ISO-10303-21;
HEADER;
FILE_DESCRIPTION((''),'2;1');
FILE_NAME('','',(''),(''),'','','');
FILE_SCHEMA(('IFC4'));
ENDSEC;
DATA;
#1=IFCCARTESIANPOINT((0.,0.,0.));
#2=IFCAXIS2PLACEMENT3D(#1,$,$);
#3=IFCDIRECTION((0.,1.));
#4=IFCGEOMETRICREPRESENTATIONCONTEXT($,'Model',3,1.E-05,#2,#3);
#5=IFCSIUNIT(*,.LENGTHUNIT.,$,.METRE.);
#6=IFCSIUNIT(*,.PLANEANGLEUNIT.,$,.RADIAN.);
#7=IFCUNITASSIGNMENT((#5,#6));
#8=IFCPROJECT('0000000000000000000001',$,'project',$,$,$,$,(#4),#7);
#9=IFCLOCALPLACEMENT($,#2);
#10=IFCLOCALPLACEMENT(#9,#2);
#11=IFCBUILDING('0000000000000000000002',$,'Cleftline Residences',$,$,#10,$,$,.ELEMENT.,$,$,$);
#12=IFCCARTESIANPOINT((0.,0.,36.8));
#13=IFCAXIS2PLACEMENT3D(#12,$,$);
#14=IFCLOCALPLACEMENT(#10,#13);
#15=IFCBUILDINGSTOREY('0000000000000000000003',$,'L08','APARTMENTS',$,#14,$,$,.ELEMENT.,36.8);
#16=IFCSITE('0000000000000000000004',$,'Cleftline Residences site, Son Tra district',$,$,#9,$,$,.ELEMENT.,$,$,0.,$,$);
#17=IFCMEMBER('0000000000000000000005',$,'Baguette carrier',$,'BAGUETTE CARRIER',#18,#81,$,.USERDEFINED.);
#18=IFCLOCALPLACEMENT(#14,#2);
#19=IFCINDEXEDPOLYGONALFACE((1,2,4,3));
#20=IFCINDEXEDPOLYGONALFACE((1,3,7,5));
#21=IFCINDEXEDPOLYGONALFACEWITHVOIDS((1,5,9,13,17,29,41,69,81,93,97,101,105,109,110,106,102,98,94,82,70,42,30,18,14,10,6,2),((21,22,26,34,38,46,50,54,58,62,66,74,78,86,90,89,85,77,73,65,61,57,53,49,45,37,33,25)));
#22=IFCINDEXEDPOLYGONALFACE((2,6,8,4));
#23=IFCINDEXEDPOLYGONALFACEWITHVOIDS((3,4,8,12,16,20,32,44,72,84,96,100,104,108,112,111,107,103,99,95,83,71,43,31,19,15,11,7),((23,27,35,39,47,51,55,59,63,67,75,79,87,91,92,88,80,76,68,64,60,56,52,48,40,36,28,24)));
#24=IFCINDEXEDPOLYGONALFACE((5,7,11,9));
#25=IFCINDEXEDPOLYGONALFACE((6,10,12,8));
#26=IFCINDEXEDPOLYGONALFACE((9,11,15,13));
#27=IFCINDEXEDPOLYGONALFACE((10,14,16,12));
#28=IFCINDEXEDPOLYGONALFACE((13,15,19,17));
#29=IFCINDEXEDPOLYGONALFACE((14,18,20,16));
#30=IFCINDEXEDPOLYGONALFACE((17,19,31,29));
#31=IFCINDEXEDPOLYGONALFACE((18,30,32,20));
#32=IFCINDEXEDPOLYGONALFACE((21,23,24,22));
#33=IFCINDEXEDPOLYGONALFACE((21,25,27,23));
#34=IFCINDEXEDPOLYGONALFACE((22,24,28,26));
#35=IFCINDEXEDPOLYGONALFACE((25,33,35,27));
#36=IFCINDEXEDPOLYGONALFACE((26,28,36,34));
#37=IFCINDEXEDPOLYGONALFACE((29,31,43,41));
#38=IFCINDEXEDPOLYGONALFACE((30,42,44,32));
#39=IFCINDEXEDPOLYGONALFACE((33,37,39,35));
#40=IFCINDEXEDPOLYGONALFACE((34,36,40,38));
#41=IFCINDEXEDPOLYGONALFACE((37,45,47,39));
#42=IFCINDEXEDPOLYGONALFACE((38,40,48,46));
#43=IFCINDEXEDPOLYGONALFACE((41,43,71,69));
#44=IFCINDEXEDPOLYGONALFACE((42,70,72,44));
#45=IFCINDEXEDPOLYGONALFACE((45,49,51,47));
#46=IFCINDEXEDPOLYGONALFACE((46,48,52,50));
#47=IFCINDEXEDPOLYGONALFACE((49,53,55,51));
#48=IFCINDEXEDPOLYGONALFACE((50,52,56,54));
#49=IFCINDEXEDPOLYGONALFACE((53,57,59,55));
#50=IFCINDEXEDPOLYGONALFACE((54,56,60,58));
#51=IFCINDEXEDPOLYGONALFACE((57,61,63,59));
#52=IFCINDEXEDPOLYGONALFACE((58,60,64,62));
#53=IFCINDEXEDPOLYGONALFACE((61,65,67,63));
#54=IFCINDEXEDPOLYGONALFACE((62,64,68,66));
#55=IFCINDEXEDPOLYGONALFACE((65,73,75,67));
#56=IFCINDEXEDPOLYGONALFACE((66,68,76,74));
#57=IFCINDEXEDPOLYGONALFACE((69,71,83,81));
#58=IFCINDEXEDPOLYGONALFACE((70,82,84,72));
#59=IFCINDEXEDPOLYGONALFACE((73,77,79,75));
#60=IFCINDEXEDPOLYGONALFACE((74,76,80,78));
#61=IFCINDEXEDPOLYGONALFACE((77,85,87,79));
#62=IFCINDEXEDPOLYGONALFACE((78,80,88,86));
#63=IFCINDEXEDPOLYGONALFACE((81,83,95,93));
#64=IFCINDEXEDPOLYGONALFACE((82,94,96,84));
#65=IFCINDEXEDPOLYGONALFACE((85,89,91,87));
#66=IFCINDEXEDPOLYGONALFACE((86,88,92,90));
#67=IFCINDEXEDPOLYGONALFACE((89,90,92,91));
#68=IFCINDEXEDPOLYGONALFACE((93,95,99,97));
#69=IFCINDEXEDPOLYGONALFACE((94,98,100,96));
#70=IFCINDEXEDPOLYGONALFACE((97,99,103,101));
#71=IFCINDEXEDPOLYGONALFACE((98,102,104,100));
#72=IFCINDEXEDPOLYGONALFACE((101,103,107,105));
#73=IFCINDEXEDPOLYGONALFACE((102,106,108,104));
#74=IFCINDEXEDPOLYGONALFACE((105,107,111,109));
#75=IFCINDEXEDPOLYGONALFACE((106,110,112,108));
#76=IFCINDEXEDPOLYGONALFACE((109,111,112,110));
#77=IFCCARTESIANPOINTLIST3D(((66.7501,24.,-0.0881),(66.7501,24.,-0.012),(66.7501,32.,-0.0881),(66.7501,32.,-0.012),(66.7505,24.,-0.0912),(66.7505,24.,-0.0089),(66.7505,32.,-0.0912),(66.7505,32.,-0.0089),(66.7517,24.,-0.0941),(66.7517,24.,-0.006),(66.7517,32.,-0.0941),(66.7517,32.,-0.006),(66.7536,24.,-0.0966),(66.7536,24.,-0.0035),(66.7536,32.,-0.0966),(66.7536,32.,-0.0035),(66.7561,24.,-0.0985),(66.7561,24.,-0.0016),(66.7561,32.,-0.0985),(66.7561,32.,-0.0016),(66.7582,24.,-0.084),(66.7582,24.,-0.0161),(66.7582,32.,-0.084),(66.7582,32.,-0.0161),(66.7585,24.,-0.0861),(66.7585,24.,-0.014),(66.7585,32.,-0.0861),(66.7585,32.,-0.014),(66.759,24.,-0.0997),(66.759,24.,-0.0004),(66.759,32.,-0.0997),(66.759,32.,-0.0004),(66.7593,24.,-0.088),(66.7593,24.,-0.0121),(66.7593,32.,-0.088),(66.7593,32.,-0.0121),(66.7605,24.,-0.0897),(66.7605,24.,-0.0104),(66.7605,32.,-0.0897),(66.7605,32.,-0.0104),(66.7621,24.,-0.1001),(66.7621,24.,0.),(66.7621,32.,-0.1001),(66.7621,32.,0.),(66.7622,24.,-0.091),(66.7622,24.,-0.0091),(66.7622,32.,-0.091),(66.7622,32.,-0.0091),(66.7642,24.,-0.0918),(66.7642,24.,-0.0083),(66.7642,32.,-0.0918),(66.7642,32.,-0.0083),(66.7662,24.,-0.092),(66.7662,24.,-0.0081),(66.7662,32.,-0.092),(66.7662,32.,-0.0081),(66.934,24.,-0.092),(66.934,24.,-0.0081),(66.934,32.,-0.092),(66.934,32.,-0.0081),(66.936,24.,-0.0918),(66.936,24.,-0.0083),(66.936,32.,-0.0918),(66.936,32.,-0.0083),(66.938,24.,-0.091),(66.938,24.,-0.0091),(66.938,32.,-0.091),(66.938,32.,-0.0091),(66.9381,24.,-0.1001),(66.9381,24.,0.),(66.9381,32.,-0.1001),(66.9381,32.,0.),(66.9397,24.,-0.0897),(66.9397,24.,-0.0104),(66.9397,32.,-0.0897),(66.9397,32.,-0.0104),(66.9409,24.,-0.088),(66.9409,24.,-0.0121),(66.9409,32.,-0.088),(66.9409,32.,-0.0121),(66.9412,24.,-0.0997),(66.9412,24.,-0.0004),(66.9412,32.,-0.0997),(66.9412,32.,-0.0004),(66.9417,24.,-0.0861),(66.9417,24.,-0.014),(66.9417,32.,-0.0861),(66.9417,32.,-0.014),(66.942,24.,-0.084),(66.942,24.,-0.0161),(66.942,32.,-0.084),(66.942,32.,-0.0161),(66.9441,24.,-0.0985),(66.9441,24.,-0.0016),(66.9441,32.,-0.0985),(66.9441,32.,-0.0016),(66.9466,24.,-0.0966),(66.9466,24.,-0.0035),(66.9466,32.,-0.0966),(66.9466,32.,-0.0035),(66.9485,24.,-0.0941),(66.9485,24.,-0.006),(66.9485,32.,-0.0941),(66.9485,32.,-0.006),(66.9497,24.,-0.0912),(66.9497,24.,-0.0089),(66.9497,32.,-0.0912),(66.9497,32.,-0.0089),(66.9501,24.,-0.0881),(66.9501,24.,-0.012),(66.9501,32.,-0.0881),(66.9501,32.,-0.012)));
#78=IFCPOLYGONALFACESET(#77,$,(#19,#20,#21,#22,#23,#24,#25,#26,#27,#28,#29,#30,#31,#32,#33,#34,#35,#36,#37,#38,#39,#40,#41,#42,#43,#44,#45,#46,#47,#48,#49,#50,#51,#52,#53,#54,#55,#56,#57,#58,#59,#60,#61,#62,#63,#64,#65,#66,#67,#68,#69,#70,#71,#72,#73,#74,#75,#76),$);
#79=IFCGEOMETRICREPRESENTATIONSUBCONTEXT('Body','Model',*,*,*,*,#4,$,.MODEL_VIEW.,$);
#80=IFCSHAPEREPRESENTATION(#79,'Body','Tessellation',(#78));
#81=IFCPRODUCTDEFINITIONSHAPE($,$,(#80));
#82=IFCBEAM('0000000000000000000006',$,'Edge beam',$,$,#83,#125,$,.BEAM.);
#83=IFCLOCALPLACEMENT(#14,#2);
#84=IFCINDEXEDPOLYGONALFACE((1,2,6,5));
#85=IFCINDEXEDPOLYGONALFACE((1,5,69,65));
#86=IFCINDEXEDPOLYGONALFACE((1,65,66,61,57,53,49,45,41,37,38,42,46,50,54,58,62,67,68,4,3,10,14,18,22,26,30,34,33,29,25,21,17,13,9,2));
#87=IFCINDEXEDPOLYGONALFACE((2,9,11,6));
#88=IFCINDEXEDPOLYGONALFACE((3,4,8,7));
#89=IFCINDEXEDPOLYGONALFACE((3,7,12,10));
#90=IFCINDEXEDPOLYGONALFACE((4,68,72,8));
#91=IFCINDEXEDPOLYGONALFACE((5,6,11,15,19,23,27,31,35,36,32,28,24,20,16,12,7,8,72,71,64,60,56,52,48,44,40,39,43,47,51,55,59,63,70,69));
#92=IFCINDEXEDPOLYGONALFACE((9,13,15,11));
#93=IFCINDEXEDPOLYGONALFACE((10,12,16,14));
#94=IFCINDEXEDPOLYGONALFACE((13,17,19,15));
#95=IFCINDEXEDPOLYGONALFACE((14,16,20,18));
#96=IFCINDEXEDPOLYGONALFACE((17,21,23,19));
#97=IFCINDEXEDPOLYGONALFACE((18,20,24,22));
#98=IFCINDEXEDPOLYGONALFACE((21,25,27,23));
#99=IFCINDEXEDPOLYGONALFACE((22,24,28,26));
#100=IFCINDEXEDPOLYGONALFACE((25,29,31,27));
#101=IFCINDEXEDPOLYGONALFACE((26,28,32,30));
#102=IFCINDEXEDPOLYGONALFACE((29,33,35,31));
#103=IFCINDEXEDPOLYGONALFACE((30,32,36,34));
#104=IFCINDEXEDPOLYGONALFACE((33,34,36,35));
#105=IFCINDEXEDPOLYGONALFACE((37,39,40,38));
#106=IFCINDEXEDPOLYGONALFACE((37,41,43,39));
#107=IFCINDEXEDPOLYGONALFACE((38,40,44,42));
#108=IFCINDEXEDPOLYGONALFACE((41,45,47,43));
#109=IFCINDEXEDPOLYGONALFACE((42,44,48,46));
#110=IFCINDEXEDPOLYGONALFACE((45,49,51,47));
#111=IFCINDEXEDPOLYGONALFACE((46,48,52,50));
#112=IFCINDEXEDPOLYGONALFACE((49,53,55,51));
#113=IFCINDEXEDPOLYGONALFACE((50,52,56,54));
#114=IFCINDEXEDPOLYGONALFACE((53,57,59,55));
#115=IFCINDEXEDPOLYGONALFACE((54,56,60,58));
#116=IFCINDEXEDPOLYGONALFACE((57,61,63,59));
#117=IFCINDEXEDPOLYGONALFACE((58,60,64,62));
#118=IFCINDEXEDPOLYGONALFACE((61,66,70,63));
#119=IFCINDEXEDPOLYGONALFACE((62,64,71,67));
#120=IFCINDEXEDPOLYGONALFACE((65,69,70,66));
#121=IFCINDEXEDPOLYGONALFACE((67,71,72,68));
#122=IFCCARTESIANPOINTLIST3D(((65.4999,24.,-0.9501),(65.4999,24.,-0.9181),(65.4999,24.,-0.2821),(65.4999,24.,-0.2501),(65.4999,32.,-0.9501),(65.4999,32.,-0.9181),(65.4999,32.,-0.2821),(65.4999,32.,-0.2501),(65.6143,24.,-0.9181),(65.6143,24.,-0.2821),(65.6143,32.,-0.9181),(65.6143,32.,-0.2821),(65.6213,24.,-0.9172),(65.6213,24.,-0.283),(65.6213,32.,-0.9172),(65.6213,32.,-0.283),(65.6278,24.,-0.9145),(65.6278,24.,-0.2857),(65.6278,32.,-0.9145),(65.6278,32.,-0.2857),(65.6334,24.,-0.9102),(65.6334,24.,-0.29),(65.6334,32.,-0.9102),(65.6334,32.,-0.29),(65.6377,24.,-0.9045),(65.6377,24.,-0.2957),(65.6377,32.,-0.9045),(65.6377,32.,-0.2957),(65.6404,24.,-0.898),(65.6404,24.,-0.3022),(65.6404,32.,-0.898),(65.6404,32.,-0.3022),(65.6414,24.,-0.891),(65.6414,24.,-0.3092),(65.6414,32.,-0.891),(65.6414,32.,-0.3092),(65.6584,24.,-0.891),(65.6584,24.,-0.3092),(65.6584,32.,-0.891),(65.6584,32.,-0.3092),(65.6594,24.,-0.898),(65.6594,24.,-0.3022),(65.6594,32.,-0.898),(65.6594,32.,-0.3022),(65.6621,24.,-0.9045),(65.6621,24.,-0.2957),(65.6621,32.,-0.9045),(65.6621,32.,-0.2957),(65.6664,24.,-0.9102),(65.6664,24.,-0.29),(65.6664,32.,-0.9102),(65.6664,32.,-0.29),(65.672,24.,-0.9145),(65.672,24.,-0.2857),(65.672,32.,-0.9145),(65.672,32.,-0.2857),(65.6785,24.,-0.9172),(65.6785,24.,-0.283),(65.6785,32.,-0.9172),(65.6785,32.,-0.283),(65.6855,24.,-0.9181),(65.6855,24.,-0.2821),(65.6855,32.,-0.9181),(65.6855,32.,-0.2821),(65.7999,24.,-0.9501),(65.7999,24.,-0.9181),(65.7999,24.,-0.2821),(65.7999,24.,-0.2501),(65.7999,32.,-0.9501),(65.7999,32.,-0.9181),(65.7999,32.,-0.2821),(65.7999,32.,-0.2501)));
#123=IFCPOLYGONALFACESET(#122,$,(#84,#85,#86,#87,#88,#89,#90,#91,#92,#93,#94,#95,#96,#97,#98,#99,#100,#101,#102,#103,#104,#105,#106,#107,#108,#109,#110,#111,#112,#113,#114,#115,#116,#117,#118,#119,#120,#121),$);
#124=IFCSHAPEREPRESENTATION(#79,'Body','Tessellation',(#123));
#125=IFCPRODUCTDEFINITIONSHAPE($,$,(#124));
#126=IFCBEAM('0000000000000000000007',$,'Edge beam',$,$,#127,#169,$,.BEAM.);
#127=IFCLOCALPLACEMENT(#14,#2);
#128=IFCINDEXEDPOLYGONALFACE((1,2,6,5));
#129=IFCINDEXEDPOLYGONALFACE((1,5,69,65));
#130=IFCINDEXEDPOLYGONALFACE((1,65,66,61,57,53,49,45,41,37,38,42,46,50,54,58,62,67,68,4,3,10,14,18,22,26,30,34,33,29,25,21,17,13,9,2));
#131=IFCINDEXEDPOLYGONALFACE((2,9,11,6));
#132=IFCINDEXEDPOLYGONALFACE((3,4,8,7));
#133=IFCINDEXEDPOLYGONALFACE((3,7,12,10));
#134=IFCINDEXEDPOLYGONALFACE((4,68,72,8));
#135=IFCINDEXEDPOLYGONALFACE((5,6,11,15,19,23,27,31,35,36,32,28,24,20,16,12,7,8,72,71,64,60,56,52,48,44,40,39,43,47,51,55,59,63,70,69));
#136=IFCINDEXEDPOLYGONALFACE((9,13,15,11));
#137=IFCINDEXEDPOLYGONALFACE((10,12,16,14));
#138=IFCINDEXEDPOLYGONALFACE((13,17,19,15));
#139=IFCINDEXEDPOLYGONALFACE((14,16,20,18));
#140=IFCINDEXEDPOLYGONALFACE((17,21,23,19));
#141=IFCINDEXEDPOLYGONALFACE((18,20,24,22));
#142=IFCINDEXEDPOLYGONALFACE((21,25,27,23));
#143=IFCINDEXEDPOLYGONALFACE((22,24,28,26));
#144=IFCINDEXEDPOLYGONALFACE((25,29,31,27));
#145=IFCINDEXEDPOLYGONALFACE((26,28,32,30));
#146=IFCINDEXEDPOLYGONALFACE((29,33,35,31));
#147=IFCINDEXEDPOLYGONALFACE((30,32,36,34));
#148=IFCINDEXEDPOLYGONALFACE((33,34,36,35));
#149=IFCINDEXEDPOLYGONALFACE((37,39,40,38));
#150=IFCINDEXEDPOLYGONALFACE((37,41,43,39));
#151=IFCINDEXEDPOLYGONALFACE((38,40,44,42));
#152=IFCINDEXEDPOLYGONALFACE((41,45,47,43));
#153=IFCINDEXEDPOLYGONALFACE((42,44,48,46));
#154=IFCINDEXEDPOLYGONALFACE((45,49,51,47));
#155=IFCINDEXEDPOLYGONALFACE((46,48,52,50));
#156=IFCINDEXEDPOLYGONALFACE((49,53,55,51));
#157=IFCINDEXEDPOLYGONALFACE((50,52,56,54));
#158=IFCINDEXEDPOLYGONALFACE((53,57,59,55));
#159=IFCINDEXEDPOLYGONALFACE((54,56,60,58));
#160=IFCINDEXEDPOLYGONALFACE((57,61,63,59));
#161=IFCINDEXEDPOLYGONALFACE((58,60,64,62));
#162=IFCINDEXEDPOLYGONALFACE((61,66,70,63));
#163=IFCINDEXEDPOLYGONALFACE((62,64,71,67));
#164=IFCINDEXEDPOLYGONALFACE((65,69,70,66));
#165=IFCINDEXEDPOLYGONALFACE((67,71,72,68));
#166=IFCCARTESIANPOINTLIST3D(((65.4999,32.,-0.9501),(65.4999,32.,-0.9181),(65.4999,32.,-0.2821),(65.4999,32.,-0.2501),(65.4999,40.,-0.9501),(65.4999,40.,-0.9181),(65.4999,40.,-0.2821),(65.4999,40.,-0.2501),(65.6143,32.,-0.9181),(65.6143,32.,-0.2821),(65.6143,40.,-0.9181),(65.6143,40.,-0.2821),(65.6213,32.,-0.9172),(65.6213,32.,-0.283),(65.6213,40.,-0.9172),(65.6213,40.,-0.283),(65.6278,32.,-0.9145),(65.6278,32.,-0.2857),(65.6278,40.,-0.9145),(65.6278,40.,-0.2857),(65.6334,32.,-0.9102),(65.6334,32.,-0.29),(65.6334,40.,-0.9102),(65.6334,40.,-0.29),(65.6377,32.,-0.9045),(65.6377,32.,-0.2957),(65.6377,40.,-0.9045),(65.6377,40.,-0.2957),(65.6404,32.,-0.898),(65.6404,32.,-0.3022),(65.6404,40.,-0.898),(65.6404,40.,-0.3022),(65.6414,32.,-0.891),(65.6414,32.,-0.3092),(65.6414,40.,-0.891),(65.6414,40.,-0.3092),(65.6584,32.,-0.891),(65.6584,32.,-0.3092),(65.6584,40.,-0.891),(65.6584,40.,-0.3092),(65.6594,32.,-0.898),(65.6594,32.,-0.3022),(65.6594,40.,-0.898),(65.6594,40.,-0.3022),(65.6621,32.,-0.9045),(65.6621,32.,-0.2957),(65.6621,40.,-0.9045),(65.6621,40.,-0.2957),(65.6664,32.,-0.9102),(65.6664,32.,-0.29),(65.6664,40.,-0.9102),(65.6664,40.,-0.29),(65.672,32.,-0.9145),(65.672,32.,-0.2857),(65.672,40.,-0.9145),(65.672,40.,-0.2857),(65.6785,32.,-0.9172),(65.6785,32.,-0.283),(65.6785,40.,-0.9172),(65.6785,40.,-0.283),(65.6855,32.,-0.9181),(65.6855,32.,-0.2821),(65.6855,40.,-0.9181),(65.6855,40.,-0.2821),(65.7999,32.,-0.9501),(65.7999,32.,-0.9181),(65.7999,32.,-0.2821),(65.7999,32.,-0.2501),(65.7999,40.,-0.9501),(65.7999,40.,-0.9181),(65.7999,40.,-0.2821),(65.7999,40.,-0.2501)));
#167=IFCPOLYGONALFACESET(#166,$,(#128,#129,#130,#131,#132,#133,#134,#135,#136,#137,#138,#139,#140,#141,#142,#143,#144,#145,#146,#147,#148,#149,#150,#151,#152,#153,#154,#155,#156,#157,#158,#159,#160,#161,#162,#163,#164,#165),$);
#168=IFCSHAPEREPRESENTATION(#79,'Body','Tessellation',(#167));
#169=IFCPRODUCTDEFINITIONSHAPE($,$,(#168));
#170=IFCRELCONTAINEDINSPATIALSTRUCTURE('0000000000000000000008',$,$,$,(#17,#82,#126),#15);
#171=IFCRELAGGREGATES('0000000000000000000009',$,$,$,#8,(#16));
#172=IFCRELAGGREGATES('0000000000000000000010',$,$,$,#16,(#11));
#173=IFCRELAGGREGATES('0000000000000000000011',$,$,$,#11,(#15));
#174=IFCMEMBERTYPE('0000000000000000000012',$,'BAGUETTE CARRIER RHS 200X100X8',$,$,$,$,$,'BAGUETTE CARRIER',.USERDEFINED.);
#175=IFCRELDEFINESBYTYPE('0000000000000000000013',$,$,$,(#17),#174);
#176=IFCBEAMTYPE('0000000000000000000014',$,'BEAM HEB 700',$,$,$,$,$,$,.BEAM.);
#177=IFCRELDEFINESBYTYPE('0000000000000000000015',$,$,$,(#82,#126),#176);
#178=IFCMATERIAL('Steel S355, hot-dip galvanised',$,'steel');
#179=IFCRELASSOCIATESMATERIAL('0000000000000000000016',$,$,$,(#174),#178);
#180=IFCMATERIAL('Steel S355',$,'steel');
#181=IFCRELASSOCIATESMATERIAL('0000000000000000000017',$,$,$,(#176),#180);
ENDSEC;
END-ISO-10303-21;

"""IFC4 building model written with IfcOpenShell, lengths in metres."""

from ifc_helpers import new_model, si_unit, direction, frame, origin, origin_2d, place, context, subcontext, project, spatial, hollow_rectangle, i_section, extrude, material, material_profile, profile_set, type_object, element, save


model = new_model("IFC4")

# Units and contexts
model_context = context("Model", 3, precision=1e-05, world=origin(), true_north=direction((0.0, 1.0)))
body_context = subcontext(model_context, "Body", "Model", "MODEL_VIEW")
ifc_project = project(units=[si_unit("LENGTHUNIT", "METRE"), si_unit("PLANEANGLEUNIT", "RADIAN")], contexts=[model_context])

# Site, building, storey
site_placement = place(None, origin())
site = spatial("IfcSite", under=ifc_project, at=site_placement, Name="Cleftline Residences site, Son Tra district", CompositionType="ELEMENT", RefElevation=0.0)
building_placement = place(site_placement, origin())
building = spatial("IfcBuilding", under=site, at=building_placement, Name="Cleftline Residences", CompositionType="ELEMENT")
storey_placement = place(building_placement, frame((0.0, 0.0, 36.8)))
storey = spatial("IfcBuildingStorey", under=building, at=storey_placement, Name="L08", Description="APARTMENTS", CompositionType="ELEMENT", Elevation=36.8)

# Member
ifc_material_1 = material(Name="Steel S355, hot-dip galvanised", Category="steel")
ifc_material_profile_1 = material_profile(ifc_material_1, hollow_rectangle(XDim=0.1001, YDim=0.2, WallThickness=0.0081, InnerFilletRadius=0.0081, OuterFilletRadius=0.012, at=origin_2d()))
ifc_profile_set_1 = profile_set([ifc_material_profile_1], Name="Steel S355, hot-dip galvanised")
member_type_1 = type_object("IfcMemberType", Name="BAGUETTE CARRIER RHS 200X100X8", ElementType="BAGUETTE CARRIER", PredefinedType="USERDEFINED", material=ifc_profile_set_1)
member_1_placement = place(storey_placement, frame((66.8501, 24.0, -0.05), z_axis=(0.0, 1.0, 0.0), x_axis=(0.0, 0.0, 1.0)))
element("IfcMember", 1, at=member_1_placement, inside=storey, type_object=member_type_1, Name="Baguette carrier", ObjectType="BAGUETTE CARRIER", PredefinedType="USERDEFINED", context=body_context, shape_type="SweptSolid", body=[
    extrude(hollow_rectangle(XDim=0.1001, YDim=0.2, WallThickness=0.0081, InnerFilletRadius=0.0081, OuterFilletRadius=0.012, at=origin_2d()), origin(), (0.0, 0.0, 1.0), 8.0),
])

# Beams
ifc_material_2 = material(Name="Steel S355", Category="steel")
ifc_material_profile_2 = material_profile(ifc_material_2, i_section(OverallWidth=0.3, OverallDepth=0.7, WebThickness=0.0171, FlangeThickness=0.032, FilletRadius=0.0271, at=origin_2d()))
ifc_profile_set_2 = profile_set([ifc_material_profile_2], Name="Steel S355")
beam_type_1 = type_object("IfcBeamType", Name="BEAM HEB 700", PredefinedType="BEAM", material=ifc_profile_set_2)
for number, where, z_axis, x_axis, name in (
    (2, (65.6499, 24.0, -0.6001), (0.0, 1.0, 0.0), (-1.0, 0.0, 0.0), "Edge beam"),
    (3, (65.6499, 32.0, -0.6001), (0.0, 1.0, 0.0), (-1.0, 0.0, 0.0), "Edge beam"),
):
    element("IfcBeam", number, at=place(storey_placement, frame(where, z_axis=z_axis, x_axis=x_axis)), inside=storey, type_object=beam_type_1, Name=name, PredefinedType="BEAM", context=body_context, shape_type="SweptSolid", body=[
        extrude(i_section(OverallWidth=0.3, OverallDepth=0.7, WebThickness=0.0171, FlangeThickness=0.032, FilletRadius=0.0271, at=origin_2d()), origin(), (0.0, 0.0, 1.0), 8.0),
    ])

save(model, "model.ifc")
